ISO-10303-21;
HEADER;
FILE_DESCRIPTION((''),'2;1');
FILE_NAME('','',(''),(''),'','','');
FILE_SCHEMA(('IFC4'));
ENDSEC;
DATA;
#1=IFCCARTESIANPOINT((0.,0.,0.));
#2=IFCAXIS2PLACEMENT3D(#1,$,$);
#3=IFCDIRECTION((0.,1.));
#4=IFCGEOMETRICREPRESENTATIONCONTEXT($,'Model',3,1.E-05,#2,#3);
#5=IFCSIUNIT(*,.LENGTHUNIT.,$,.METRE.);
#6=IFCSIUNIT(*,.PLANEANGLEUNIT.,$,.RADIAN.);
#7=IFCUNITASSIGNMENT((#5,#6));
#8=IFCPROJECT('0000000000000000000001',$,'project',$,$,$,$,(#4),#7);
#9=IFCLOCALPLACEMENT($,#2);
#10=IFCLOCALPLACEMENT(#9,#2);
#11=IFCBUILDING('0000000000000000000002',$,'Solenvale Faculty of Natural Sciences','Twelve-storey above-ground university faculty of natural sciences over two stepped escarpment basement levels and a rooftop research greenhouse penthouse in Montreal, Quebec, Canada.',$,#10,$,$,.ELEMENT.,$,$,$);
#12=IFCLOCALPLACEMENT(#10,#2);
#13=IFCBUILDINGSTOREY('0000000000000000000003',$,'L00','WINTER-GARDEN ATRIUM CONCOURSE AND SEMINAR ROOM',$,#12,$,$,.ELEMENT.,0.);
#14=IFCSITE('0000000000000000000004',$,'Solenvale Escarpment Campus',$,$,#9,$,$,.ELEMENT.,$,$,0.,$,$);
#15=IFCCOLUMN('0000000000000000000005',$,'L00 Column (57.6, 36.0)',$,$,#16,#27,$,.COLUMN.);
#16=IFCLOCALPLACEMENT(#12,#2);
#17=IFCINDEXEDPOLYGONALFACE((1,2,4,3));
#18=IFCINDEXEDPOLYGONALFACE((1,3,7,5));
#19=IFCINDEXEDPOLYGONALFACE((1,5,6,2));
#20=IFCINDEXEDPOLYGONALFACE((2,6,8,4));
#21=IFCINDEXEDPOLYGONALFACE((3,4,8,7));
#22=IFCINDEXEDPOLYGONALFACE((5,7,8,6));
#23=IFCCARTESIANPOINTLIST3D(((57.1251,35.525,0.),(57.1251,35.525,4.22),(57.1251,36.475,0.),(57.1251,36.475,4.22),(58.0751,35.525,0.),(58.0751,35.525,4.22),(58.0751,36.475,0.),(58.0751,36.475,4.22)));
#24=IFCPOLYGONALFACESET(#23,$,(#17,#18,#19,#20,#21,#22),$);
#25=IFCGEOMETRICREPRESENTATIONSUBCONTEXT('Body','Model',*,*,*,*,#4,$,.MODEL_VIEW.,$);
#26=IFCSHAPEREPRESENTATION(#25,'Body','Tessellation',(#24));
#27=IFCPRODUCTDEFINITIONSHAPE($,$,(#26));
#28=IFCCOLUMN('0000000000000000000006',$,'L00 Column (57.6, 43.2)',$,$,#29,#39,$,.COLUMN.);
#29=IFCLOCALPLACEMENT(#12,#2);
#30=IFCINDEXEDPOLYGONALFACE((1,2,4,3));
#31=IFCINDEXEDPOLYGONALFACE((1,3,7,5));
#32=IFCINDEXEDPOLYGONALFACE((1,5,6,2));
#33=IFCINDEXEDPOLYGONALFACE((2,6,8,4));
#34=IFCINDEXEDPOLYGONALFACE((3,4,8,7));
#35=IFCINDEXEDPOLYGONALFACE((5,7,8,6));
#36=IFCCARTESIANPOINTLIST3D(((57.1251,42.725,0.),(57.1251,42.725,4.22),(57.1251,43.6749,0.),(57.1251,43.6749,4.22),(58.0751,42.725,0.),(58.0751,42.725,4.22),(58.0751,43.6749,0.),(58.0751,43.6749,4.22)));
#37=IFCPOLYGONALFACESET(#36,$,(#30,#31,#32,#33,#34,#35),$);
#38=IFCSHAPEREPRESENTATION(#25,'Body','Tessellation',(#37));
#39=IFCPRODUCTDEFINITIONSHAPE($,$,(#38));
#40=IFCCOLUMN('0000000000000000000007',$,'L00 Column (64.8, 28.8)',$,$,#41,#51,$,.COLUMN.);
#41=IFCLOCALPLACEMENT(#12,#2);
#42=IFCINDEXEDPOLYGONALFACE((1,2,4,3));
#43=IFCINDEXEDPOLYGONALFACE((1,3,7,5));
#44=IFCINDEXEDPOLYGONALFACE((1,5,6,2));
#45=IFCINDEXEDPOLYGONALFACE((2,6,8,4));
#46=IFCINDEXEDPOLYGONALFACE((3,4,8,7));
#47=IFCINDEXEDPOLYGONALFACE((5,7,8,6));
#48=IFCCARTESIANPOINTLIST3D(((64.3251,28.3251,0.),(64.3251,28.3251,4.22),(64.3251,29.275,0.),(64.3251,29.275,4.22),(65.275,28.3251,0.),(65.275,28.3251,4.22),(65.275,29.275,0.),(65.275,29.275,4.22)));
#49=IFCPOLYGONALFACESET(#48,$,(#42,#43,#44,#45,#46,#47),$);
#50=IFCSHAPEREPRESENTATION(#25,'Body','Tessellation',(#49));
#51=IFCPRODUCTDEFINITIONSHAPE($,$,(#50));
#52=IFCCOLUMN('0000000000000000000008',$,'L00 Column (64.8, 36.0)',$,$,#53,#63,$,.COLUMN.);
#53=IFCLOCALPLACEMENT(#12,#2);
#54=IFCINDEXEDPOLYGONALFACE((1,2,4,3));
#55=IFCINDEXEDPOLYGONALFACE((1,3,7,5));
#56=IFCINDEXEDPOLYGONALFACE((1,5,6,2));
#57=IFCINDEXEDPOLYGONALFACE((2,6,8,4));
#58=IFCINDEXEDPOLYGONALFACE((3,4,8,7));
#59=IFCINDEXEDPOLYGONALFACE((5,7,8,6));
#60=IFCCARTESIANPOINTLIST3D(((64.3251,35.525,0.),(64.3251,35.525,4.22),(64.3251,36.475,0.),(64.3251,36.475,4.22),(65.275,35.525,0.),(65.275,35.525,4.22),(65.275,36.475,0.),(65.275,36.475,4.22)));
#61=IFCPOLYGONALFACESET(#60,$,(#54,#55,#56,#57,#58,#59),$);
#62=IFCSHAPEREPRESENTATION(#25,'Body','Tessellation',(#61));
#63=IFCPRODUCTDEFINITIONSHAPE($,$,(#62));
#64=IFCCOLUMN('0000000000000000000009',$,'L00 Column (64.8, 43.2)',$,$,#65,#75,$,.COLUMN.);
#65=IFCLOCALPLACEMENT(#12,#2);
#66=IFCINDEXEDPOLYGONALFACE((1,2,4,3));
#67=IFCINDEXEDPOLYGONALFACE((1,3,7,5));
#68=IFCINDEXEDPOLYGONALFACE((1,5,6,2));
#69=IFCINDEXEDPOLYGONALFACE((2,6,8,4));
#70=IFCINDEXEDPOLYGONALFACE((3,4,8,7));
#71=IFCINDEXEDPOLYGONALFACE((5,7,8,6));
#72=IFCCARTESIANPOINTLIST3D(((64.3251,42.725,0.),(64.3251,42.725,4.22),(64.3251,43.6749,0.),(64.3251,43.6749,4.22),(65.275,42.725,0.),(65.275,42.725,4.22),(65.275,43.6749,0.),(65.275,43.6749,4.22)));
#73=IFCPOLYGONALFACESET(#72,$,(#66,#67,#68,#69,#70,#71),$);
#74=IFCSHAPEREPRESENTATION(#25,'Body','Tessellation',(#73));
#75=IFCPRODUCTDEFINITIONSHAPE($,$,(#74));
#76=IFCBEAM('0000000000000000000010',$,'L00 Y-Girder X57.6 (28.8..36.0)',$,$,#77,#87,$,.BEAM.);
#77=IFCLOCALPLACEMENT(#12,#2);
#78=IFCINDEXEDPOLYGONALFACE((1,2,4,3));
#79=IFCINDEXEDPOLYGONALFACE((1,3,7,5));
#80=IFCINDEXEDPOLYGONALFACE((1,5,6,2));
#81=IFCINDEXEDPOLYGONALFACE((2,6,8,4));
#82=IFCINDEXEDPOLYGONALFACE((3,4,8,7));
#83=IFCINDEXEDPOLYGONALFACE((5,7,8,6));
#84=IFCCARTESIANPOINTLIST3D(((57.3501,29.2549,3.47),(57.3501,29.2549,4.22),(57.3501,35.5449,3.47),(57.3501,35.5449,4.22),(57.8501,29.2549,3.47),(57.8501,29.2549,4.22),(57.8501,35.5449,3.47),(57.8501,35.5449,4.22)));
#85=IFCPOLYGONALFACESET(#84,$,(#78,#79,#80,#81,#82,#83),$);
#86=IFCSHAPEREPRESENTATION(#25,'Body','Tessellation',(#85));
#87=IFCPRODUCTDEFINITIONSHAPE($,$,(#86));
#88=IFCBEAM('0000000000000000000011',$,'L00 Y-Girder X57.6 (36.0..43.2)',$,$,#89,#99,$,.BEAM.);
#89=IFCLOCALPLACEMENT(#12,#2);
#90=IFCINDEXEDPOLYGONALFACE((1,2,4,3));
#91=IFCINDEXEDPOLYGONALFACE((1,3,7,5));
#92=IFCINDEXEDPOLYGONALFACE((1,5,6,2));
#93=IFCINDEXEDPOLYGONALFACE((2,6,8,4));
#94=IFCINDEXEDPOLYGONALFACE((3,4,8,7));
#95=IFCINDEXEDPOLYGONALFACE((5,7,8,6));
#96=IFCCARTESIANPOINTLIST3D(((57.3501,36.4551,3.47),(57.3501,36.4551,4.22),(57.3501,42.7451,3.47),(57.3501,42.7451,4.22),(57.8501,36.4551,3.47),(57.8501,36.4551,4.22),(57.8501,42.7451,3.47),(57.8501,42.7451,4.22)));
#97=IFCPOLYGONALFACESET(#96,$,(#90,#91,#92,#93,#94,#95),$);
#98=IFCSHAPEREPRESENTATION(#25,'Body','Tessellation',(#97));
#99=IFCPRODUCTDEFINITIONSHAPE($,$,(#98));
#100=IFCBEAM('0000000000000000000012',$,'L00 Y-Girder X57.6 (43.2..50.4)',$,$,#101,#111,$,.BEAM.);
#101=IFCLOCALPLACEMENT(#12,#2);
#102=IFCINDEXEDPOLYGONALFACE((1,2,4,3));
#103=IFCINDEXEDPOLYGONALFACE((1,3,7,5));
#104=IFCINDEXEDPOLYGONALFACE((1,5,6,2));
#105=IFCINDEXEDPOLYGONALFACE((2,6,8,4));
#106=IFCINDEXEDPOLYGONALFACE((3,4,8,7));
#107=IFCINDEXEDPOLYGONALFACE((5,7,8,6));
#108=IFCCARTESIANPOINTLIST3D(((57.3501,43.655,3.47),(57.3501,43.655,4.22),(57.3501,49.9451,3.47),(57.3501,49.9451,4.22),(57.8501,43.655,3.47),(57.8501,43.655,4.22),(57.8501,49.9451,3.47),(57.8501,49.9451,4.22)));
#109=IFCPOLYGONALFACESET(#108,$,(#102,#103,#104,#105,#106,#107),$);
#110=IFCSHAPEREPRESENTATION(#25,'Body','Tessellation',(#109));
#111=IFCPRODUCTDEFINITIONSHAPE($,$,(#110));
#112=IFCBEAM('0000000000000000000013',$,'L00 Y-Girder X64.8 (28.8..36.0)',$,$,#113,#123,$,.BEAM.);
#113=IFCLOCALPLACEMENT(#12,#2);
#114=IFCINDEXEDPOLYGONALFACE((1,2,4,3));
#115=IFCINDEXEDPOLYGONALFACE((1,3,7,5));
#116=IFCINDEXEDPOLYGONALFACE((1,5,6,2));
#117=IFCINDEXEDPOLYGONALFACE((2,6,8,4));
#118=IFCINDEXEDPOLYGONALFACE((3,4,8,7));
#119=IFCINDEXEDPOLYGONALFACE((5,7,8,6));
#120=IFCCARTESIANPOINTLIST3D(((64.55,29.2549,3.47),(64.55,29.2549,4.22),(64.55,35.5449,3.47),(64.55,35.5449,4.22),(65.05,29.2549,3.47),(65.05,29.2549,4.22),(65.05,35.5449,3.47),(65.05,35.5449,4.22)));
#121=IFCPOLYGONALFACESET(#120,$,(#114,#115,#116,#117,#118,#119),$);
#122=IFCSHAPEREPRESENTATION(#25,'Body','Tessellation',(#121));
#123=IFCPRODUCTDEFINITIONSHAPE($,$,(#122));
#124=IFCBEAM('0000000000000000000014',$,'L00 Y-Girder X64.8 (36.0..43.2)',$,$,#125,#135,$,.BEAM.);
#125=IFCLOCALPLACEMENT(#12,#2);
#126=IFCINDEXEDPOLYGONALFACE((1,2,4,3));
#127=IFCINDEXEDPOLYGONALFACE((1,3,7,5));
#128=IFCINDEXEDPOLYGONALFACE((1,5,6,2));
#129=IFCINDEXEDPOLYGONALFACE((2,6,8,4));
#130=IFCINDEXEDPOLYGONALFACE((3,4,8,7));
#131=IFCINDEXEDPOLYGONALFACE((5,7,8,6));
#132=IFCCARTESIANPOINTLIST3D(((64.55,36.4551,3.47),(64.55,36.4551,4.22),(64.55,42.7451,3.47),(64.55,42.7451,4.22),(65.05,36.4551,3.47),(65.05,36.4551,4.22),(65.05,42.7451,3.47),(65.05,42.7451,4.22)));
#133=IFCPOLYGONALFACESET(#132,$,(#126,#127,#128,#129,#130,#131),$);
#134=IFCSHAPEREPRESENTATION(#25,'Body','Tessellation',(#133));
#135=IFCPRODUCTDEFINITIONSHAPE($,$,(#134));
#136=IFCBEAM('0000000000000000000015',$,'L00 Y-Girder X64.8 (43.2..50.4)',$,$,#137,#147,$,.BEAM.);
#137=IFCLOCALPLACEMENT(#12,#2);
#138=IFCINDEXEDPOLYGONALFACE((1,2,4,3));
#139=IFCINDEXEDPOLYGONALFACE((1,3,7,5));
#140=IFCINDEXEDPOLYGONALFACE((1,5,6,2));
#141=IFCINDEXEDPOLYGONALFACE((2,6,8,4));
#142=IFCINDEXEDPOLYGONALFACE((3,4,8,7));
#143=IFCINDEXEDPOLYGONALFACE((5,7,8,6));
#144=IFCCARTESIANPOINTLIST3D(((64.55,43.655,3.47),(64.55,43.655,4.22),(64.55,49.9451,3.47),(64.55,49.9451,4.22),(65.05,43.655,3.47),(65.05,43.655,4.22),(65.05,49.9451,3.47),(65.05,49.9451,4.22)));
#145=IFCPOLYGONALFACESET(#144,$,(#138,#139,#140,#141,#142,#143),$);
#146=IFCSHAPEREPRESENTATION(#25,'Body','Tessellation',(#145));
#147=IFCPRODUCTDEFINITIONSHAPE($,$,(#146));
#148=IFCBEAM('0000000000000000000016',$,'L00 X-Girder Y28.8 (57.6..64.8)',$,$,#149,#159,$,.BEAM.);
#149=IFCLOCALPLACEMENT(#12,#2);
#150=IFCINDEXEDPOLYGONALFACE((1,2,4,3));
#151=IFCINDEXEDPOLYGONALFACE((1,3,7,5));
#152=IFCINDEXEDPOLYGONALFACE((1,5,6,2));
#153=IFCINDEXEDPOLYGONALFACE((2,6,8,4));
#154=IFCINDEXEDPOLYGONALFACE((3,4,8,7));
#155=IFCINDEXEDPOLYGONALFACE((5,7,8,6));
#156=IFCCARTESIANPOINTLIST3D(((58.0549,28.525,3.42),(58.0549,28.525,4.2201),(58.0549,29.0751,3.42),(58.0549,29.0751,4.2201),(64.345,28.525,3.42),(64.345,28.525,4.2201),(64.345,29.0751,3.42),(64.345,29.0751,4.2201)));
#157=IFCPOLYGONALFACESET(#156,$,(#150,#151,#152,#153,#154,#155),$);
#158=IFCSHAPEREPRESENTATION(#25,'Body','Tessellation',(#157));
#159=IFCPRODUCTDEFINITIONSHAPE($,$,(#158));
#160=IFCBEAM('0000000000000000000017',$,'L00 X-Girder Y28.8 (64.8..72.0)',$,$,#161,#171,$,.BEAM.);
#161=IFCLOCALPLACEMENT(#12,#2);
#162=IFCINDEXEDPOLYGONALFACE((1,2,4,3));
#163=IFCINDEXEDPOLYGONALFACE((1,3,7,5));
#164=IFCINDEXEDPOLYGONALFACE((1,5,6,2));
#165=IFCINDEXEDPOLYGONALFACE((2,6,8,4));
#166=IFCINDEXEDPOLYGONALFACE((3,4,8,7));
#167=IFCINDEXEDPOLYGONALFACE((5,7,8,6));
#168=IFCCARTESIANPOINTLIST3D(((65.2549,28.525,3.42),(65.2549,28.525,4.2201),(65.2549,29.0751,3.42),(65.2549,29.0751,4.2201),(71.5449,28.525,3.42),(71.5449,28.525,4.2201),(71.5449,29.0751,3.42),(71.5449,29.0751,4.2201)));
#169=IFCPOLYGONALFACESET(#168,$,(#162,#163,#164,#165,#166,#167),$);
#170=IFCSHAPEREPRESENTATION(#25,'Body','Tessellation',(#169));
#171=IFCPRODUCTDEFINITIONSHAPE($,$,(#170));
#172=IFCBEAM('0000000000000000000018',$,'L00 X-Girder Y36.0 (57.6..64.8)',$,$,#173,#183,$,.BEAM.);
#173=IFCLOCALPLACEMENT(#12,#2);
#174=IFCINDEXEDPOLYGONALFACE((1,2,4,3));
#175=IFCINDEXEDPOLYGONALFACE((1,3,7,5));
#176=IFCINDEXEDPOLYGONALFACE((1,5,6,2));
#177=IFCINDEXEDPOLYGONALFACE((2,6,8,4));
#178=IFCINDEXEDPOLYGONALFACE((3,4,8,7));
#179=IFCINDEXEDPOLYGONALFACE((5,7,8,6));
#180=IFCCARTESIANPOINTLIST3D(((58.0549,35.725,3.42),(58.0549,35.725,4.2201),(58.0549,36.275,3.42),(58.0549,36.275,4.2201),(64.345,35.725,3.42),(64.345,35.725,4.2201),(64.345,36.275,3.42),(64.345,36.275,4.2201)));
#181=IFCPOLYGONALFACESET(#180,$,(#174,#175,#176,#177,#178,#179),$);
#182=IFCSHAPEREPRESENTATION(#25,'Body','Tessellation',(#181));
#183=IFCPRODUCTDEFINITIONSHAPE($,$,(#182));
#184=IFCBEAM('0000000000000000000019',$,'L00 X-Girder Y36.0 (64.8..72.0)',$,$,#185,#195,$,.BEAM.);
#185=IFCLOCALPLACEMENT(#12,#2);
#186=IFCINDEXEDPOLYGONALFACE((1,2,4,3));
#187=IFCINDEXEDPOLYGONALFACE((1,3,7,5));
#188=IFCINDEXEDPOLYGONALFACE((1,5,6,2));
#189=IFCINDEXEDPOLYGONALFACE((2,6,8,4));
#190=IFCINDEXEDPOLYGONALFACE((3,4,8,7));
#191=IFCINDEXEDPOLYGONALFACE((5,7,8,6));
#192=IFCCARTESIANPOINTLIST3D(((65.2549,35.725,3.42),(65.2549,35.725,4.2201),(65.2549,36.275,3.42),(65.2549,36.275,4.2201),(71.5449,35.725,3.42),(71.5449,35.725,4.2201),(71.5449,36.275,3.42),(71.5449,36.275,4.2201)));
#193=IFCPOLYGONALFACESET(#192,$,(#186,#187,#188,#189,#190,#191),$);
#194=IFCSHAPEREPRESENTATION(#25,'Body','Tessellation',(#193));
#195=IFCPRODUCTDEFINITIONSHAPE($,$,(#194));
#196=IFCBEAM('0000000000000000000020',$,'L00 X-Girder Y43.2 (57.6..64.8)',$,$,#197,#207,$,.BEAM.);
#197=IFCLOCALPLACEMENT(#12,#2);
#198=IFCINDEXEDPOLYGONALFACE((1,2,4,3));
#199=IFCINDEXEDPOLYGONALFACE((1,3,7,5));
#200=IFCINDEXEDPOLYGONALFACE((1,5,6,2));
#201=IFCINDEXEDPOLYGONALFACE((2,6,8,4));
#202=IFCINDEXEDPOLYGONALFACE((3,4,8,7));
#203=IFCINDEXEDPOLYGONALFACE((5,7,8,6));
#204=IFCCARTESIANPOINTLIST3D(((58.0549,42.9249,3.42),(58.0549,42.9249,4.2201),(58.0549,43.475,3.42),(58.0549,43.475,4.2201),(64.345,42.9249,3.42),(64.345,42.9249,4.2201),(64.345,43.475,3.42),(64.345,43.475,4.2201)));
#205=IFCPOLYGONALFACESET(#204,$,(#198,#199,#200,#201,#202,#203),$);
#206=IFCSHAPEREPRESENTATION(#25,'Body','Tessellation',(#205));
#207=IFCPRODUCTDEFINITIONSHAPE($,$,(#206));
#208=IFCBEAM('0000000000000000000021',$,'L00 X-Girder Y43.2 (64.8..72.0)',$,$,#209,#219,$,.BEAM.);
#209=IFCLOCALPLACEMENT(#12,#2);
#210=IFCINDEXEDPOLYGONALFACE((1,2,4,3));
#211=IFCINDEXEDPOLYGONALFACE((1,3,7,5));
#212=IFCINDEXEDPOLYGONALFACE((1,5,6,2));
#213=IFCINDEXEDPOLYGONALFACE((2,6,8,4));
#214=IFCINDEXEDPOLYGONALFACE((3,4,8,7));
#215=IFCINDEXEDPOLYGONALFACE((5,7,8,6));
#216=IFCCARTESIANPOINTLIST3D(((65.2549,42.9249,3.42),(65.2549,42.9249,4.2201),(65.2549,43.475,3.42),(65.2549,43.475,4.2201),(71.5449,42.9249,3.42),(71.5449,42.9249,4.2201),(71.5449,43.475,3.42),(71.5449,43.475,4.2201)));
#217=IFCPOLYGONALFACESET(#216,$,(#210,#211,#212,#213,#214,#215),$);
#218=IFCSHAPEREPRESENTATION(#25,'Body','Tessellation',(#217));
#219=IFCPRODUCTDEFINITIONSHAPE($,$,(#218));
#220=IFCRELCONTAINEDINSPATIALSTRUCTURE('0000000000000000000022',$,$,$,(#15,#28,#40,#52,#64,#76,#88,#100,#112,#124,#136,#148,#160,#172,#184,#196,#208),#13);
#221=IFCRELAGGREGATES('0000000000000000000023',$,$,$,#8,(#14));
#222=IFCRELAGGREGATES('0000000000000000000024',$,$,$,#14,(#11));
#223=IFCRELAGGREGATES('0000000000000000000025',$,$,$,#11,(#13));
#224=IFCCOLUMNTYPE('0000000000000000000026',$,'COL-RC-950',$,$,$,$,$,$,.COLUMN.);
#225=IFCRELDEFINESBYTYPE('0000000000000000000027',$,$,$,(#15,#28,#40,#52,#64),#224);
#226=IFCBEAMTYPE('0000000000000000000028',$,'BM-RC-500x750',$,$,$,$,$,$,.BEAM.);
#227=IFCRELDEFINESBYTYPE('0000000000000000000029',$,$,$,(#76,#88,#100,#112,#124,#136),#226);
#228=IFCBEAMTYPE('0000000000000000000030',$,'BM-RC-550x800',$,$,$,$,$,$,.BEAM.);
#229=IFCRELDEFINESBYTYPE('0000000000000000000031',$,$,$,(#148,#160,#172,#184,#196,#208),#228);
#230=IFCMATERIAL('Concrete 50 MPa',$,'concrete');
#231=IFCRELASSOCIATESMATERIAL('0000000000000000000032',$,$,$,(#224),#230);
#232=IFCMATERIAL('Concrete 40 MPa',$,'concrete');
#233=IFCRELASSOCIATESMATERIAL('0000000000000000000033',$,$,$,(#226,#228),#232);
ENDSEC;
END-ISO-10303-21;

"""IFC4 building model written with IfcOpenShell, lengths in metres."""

from ifc_helpers import new_model, si_unit, direction, frame, origin, origin_2d, place, context, subcontext, project, spatial, rectangle, extrude, material, material_profile, profile_set, type_object, element, save


model = new_model("IFC4")

# Units and contexts
model_context = context("Model", 3, precision=1e-05, world=origin(), true_north=direction((0.0, 1.0)))
body_context = subcontext(model_context, "Body", "Model", "MODEL_VIEW")
ifc_project = project(units=[si_unit("LENGTHUNIT", "METRE"), si_unit("PLANEANGLEUNIT", "RADIAN")], contexts=[model_context])

# Site, building, storey
site_placement = place(None, origin())
site = spatial("IfcSite", under=ifc_project, at=site_placement, Name="Solenvale Escarpment Campus", CompositionType="ELEMENT", RefElevation=0.0)
building_placement = place(site_placement, origin())
building = spatial("IfcBuilding", under=site, at=building_placement, Name="Solenvale Faculty of Natural Sciences", Description="Twelve-storey above-ground university faculty of natural sciences over two stepped escarpment basement levels and a rooftop research greenhouse penthouse in Montreal, Quebec, Canada.", CompositionType="ELEMENT")
storey_placement = place(building_placement, origin())
storey = spatial("IfcBuildingStorey", under=building, at=storey_placement, Name="L00", Description="WINTER-GARDEN ATRIUM CONCOURSE AND SEMINAR ROOM", CompositionType="ELEMENT", Elevation=0.0)

# Columns
ifc_material_1 = material(Name="Concrete 50 MPa", Category="concrete")
ifc_material_profile_1 = material_profile(ifc_material_1, rectangle(XDim=0.95, YDim=0.95, at=origin_2d()), Name="RC-COL-950x950")
ifc_profile_set_1 = profile_set([ifc_material_profile_1], Name="Concrete 50 MPa")
column_type = type_object("IfcColumnType", Name="COL-RC-950", PredefinedType="COLUMN", material=ifc_profile_set_1)
for number, where, z_axis, x_axis, name in (
    (1, (57.6001, 36.0, 0.0), (0.0, 0.0, 1.0), (1.0, 0.0, 0.0), "L00 Column (57.6, 36.0)"),
    (2, (57.6001, 43.2, 0.0), (0.0, 0.0, 1.0), (1.0, 0.0, 0.0), "L00 Column (57.6, 43.2)"),
    (3, (64.8, 28.8, 0.0), (0.0, 0.0, 1.0), (1.0, 0.0, 0.0), "L00 Column (64.8, 28.8)"),
    (4, (64.8, 36.0, 0.0), (0.0, 0.0, 1.0), (1.0, 0.0, 0.0), "L00 Column (64.8, 36.0)"),
    (5, (64.8, 43.2, 0.0), (0.0, 0.0, 1.0), (1.0, 0.0, 0.0), "L00 Column (64.8, 43.2)"),
):
    element("IfcColumn", number, at=place(storey_placement, frame(where, z_axis=z_axis, x_axis=x_axis)), inside=storey, type_object=column_type, Name=name, PredefinedType="COLUMN", context=body_context, shape_type="SweptSolid", body=[
        extrude(rectangle(XDim=0.95, YDim=0.95, at=origin_2d()), origin(), (0.0, 0.0, 1.0), 4.22),
    ])

# Beams
ifc_material_2 = material(Name="Concrete 40 MPa", Category="concrete")
ifc_material_profile_2 = material_profile(ifc_material_2, rectangle(XDim=0.5, YDim=0.75, at=origin_2d()), Name="RC-BM-500x750")
ifc_profile_set_2 = profile_set([ifc_material_profile_2], Name="Concrete 40 MPa")
beam_type_1 = type_object("IfcBeamType", Name="BM-RC-500x750", PredefinedType="BEAM", material=ifc_profile_set_2)
for number, where, z_axis, x_axis, name in (
    (6, (57.6001, 29.2549, 3.845), (0.0, 1.0, 0.0), (-1.0, 0.0, 0.0), "L00 Y-Girder X57.6 (28.8..36.0)"),
    (7, (57.6001, 36.4551, 3.845), (0.0, 1.0, 0.0), (-1.0, 0.0, 0.0), "L00 Y-Girder X57.6 (36.0..43.2)"),
    (8, (57.6001, 43.655, 3.845), (0.0, 1.0, 0.0), (-1.0, 0.0, 0.0), "L00 Y-Girder X57.6 (43.2..50.4)"),
    (9, (64.8, 29.2549, 3.845), (0.0, 1.0, 0.0), (-1.0, 0.0, 0.0), "L00 Y-Girder X64.8 (28.8..36.0)"),
    (10, (64.8, 36.4551, 3.845), (0.0, 1.0, 0.0), (-1.0, 0.0, 0.0), "L00 Y-Girder X64.8 (36.0..43.2)"),
    (11, (64.8, 43.655, 3.845), (0.0, 1.0, 0.0), (-1.0, 0.0, 0.0), "L00 Y-Girder X64.8 (43.2..50.4)"),
):
    element("IfcBeam", number, at=place(storey_placement, frame(where, z_axis=z_axis, x_axis=x_axis)), inside=storey, type_object=beam_type_1, Name=name, PredefinedType="BEAM", context=body_context, shape_type="SweptSolid", body=[
        extrude(rectangle(XDim=0.5, YDim=0.75, at=origin_2d()), origin(), (0.0, 0.0, 1.0), 6.29),
    ])
ifc_material_profile_3 = material_profile(ifc_material_2, rectangle(XDim=0.55, YDim=0.8, at=origin_2d()), Name="RC-BM-550x800")
ifc_profile_set_3 = profile_set([ifc_material_profile_3], Name="Concrete 40 MPa")
beam_type_2 = type_object("IfcBeamType", Name="BM-RC-550x800", PredefinedType="BEAM", material=ifc_profile_set_3)
for number, where, z_axis, x_axis, name in (
    (12, (58.0549, 28.8, 3.8201), (1.0, 0.0, 0.0), (0.0, 1.0, 0.0), "L00 X-Girder Y28.8 (57.6..64.8)"),
    (13, (65.2549, 28.8, 3.8201), (1.0, 0.0, 0.0), (0.0, 1.0, 0.0), "L00 X-Girder Y28.8 (64.8..72.0)"),
    (14, (58.0549, 36.0, 3.8201), (1.0, 0.0, 0.0), (0.0, 1.0, 0.0), "L00 X-Girder Y36.0 (57.6..64.8)"),
    (15, (65.2549, 36.0, 3.8201), (1.0, 0.0, 0.0), (0.0, 1.0, 0.0), "L00 X-Girder Y36.0 (64.8..72.0)"),
    (16, (58.0549, 43.2, 3.8201), (1.0, 0.0, 0.0), (0.0, 1.0, 0.0), "L00 X-Girder Y43.2 (57.6..64.8)"),
    (17, (65.2549, 43.2, 3.8201), (1.0, 0.0, 0.0), (0.0, 1.0, 0.0), "L00 X-Girder Y43.2 (64.8..72.0)"),
):
    element("IfcBeam", number, at=place(storey_placement, frame(where, z_axis=z_axis, x_axis=x_axis)), inside=storey, type_object=beam_type_2, Name=name, PredefinedType="BEAM", context=body_context, shape_type="SweptSolid", body=[
        extrude(rectangle(XDim=0.55, YDim=0.8, at=origin_2d()), origin(), (0.0, 0.0, 1.0), 6.29),
    ])

save(model, "model.ifc")
